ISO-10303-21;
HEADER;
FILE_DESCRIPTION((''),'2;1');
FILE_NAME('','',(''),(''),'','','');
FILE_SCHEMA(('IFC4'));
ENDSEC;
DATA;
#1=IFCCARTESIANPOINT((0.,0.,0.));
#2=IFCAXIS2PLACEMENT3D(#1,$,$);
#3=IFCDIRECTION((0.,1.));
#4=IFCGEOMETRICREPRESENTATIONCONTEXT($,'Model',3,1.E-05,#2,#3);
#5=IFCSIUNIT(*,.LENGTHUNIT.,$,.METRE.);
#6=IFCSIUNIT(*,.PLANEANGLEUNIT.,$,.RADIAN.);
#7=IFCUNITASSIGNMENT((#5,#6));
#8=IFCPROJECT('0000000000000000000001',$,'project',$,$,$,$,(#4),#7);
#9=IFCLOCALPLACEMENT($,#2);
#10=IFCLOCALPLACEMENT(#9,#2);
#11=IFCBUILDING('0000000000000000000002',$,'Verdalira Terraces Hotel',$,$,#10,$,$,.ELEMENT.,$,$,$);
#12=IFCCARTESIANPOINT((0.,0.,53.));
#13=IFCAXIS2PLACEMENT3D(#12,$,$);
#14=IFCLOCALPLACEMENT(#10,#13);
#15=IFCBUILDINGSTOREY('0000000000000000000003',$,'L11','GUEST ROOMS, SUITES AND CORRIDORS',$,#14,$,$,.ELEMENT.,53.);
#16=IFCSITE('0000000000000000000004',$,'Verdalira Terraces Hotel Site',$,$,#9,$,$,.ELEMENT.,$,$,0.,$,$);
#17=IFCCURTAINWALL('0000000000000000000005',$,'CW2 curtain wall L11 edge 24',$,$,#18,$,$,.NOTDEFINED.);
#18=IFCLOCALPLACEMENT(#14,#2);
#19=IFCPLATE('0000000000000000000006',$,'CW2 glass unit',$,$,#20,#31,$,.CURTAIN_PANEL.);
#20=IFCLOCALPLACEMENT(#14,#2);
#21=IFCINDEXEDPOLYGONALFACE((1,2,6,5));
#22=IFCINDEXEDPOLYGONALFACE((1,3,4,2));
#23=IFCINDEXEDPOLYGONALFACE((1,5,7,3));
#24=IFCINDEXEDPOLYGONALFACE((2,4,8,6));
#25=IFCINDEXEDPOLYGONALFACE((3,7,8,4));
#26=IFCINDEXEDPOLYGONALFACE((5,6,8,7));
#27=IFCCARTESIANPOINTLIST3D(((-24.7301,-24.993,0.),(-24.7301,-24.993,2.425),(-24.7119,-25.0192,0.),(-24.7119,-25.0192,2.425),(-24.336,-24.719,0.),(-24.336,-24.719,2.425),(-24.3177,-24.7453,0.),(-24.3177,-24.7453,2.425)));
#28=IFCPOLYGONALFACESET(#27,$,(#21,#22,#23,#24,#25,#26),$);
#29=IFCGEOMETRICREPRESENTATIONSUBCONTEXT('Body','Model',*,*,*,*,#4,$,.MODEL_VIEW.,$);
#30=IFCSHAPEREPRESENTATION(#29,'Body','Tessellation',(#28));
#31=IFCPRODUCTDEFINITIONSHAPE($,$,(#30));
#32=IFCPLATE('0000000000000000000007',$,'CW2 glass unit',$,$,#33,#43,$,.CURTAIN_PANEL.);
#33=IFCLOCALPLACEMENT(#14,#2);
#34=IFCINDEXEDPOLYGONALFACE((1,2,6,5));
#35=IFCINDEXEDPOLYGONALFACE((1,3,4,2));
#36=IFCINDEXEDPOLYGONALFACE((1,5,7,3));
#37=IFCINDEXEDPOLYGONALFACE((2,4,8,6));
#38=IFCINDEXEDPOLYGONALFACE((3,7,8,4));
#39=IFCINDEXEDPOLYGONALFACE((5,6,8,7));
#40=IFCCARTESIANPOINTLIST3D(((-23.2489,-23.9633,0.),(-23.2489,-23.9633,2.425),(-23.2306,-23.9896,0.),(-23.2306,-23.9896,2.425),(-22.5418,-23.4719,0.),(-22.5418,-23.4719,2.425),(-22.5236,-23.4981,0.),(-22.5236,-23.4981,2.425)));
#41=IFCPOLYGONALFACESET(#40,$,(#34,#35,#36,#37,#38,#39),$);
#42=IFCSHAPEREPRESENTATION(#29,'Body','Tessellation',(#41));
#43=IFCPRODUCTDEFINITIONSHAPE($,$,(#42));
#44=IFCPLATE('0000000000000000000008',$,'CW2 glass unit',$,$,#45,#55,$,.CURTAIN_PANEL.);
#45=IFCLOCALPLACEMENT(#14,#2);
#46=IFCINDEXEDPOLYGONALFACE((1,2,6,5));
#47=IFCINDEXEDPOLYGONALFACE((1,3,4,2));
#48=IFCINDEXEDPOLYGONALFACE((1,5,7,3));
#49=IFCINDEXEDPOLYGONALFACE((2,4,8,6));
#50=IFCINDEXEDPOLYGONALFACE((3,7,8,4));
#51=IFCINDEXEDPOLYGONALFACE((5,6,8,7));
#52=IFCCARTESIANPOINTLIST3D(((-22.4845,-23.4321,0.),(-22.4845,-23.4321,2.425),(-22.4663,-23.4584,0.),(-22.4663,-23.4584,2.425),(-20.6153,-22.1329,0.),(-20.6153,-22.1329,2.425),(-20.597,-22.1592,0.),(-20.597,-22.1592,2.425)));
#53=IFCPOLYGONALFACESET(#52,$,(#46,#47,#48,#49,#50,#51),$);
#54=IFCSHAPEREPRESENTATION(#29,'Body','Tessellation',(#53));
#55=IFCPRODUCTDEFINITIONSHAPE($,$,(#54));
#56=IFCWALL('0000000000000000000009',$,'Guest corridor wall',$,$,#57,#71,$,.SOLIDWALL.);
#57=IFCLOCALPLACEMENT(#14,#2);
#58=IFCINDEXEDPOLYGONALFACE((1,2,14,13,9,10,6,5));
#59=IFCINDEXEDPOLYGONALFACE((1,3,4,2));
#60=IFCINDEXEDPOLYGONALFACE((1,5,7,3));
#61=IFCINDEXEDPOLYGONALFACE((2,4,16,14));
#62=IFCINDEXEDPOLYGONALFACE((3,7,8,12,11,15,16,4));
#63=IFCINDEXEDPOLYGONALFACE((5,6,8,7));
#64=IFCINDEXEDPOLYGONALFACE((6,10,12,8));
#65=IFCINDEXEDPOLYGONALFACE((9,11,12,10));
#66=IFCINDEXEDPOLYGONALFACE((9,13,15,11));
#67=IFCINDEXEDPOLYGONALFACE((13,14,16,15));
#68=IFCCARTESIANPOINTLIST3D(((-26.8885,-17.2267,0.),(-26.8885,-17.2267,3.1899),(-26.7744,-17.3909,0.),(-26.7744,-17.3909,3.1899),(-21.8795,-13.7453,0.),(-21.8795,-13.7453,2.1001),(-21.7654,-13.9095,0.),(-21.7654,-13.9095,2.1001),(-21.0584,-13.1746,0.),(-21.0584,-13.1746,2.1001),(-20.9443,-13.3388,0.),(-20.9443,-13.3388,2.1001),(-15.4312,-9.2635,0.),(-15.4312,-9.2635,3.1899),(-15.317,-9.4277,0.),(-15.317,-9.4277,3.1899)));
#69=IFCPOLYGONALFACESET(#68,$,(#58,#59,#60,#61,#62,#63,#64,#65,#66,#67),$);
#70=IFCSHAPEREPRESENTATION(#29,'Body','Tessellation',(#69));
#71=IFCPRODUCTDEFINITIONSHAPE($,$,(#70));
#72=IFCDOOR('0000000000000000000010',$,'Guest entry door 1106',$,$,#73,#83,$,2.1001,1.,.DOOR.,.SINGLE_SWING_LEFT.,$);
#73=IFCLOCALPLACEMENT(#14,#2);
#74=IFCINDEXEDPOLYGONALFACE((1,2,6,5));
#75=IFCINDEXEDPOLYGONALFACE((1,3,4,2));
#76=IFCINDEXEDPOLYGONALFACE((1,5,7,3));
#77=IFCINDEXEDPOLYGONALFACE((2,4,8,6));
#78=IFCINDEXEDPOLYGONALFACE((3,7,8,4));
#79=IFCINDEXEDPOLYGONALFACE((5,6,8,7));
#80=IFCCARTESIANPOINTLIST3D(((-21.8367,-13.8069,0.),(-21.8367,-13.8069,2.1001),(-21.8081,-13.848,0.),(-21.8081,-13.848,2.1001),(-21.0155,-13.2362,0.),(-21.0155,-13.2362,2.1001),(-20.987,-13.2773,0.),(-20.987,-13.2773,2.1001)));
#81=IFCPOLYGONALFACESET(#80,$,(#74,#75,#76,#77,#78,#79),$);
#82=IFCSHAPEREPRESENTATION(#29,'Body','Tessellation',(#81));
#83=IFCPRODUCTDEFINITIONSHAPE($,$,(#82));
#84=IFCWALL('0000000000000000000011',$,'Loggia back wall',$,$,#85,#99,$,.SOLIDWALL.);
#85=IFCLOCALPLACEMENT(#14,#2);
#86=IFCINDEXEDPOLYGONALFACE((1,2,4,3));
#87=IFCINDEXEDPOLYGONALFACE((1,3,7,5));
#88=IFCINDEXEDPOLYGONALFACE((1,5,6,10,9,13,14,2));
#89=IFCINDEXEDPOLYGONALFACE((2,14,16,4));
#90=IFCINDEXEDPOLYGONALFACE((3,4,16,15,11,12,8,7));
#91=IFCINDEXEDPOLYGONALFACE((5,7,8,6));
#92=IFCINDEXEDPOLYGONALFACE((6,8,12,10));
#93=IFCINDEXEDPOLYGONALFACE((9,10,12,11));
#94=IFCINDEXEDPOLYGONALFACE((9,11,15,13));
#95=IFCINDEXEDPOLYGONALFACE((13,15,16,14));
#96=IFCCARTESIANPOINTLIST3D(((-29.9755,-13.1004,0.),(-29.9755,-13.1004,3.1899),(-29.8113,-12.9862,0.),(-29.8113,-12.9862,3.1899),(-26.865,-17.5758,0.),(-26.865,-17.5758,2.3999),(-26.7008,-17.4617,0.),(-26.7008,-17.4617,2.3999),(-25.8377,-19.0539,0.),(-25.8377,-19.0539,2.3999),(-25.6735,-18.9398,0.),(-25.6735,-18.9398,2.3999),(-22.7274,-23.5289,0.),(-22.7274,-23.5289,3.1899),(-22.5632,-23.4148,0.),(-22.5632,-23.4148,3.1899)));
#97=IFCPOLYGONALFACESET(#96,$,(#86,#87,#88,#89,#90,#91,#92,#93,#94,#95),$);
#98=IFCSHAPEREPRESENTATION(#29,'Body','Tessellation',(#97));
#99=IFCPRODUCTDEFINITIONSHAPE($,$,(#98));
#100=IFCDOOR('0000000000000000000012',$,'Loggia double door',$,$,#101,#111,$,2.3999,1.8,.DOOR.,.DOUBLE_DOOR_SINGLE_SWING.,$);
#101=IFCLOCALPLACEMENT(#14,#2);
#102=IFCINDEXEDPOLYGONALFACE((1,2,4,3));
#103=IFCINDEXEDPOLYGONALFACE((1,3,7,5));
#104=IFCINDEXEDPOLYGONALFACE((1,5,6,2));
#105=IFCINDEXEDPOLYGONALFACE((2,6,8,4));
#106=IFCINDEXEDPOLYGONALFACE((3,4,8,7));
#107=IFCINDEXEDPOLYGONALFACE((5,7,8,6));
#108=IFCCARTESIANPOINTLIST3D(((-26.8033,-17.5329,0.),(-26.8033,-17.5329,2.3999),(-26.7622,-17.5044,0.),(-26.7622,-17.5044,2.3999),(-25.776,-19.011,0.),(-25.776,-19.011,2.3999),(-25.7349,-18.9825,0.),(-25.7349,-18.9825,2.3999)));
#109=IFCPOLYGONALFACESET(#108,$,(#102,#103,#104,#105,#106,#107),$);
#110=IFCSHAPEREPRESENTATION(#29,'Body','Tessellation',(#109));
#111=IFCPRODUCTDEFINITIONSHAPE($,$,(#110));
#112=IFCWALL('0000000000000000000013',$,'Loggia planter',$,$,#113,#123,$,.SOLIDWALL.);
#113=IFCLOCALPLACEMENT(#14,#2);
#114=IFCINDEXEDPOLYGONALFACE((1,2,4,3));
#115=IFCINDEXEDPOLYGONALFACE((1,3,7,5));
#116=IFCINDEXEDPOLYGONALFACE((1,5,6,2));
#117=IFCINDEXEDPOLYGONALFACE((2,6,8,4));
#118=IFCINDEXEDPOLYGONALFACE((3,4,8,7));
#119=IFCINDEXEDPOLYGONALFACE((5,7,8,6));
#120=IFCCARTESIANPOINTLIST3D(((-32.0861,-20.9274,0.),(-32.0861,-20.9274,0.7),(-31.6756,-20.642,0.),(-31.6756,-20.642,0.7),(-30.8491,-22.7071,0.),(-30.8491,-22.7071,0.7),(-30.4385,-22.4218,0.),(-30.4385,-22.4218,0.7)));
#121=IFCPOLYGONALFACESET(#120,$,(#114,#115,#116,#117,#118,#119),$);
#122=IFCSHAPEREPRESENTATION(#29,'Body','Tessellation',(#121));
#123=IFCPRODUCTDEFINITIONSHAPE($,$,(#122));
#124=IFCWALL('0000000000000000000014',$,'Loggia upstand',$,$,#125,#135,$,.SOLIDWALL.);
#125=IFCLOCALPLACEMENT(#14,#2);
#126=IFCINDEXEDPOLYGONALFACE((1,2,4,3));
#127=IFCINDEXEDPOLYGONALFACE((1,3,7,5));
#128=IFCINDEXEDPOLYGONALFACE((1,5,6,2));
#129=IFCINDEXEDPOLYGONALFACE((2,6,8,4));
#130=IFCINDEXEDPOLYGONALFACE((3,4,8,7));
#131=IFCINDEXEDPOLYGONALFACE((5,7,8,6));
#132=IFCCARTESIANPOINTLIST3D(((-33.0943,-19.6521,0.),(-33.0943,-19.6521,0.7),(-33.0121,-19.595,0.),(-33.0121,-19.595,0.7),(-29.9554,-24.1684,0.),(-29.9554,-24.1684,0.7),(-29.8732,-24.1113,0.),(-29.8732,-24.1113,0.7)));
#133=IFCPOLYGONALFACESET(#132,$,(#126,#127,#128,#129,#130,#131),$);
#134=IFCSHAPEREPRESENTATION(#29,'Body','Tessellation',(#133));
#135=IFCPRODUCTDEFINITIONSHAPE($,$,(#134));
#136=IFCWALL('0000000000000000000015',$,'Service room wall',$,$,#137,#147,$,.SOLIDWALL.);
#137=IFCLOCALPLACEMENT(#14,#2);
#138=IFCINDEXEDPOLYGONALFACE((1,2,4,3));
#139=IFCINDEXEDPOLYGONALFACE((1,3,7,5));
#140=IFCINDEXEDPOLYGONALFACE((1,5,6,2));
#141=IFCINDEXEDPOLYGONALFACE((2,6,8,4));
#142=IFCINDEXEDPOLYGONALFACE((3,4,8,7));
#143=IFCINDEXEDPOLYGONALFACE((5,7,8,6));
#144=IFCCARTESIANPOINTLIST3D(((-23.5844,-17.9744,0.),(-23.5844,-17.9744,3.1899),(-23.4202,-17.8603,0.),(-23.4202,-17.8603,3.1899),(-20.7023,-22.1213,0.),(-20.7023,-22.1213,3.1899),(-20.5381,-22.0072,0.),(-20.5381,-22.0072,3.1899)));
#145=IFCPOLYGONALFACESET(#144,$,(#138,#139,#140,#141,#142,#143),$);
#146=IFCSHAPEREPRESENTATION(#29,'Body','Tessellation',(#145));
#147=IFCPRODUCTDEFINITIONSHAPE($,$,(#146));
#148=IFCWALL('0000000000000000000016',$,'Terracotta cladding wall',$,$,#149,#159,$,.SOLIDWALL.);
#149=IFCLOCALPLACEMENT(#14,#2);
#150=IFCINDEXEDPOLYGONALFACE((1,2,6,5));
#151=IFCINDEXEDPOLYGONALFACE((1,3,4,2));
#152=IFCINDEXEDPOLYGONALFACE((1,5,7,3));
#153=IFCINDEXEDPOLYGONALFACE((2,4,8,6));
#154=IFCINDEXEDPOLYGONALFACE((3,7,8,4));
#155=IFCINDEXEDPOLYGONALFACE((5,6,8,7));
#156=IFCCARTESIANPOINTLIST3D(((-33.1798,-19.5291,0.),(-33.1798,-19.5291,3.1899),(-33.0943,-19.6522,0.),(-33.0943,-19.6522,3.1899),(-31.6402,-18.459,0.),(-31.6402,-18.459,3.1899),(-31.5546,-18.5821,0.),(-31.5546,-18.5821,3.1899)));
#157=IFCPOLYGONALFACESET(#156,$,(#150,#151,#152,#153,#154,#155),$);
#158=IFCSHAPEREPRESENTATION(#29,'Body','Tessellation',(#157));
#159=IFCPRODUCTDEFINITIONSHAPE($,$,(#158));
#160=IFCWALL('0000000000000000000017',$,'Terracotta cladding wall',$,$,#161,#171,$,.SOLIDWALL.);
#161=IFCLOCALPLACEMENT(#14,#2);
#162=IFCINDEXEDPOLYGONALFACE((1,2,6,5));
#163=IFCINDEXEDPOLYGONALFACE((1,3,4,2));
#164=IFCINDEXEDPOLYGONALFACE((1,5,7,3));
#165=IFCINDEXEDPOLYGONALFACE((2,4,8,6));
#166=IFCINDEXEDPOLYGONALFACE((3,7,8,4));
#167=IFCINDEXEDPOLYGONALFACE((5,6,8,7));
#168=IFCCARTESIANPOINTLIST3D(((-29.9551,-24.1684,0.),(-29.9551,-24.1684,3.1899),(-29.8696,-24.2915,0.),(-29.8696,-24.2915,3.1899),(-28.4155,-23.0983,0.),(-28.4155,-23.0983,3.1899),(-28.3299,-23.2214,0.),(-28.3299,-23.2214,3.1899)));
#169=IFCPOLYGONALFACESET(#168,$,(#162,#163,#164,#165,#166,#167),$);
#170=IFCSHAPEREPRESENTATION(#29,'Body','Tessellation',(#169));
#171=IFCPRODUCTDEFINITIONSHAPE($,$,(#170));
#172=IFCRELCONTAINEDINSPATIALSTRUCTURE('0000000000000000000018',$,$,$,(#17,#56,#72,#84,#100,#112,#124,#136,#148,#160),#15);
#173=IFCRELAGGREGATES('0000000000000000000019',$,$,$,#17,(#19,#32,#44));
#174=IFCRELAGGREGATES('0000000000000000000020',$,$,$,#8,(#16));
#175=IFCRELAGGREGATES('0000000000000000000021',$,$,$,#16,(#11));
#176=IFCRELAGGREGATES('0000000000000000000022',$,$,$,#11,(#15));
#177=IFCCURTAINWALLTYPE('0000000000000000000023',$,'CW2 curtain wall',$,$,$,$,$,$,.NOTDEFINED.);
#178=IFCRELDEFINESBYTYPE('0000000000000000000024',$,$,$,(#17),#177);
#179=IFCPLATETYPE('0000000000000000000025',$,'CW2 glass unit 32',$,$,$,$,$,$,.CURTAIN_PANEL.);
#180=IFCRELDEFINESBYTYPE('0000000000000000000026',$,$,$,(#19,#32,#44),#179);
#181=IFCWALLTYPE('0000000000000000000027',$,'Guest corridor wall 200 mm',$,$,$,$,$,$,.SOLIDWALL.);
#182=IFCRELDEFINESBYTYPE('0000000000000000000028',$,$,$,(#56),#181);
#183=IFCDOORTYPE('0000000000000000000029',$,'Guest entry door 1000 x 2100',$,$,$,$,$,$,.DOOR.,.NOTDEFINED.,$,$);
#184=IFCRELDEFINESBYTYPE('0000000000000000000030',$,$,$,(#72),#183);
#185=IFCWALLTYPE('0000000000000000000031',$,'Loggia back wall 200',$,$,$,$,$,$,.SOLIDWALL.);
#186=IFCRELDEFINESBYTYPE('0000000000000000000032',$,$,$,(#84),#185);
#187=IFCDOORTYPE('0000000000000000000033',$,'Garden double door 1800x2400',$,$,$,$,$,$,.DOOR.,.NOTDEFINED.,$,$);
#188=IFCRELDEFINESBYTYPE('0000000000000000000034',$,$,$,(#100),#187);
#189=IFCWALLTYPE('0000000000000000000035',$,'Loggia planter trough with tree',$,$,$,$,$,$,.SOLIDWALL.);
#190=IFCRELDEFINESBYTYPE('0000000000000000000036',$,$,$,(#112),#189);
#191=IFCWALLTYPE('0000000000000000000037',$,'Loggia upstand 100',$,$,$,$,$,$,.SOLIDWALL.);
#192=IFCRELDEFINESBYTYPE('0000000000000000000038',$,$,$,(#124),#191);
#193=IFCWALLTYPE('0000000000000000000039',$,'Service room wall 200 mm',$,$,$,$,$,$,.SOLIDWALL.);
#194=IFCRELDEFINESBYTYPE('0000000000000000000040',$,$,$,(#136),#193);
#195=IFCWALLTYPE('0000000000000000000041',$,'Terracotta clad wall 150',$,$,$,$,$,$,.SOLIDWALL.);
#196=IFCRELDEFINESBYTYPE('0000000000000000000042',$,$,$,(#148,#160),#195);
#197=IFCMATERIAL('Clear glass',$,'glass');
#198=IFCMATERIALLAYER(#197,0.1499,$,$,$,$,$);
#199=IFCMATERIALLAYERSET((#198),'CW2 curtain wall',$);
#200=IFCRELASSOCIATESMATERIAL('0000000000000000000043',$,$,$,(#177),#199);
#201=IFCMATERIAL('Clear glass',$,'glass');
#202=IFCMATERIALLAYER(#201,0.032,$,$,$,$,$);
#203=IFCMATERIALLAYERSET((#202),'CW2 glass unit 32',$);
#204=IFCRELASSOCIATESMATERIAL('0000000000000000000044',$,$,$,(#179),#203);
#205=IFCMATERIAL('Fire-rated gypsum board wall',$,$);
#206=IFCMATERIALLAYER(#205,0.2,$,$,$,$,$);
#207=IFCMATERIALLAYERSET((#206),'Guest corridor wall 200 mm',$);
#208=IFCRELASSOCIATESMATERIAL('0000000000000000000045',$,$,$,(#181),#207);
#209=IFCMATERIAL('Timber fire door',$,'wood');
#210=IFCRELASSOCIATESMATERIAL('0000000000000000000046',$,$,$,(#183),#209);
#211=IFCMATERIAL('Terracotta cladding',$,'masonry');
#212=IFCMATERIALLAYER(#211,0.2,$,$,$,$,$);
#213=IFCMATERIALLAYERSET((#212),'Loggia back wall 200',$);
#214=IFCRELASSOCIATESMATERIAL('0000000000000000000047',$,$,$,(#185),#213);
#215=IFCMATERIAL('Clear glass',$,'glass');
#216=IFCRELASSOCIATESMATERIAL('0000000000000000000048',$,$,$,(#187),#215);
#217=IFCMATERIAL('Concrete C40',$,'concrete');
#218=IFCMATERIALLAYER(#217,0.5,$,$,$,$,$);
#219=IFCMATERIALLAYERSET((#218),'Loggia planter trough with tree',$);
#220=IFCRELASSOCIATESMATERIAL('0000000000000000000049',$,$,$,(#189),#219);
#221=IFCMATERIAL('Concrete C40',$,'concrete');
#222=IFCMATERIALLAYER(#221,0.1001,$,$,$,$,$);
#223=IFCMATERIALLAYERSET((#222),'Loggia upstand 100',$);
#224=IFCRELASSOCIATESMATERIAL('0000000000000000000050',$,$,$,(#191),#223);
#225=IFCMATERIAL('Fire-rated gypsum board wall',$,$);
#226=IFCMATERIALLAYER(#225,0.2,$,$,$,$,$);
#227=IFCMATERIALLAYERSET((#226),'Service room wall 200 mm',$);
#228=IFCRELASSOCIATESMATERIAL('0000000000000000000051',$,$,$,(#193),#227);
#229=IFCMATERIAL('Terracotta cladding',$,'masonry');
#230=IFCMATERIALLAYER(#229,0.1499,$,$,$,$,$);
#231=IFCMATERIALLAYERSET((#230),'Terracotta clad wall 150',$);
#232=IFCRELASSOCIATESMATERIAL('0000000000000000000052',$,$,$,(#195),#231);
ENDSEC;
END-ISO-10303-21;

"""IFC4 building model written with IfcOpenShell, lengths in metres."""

from ifc_helpers import new_model, si_unit, direction, frame, frame_2d, origin, origin_2d, place, context, subcontext, project, spatial, rectangle, extrude, material, layer, layer_set, type_object, element, fill, aggregate, save


model = new_model("IFC4")

# Units and contexts
model_context = context("Model", 3, precision=1e-05, world=origin(), true_north=direction((0.0, 1.0)))
body_context = subcontext(model_context, "Body", "Model", "MODEL_VIEW")
ifc_project = project(units=[si_unit("LENGTHUNIT", "METRE"), si_unit("PLANEANGLEUNIT", "RADIAN")], contexts=[model_context])

# Site, building, storey
site_placement = place(None, origin())
site = spatial("IfcSite", under=ifc_project, at=site_placement, Name="Verdalira Terraces Hotel Site", CompositionType="ELEMENT", RefElevation=0.0)
building_placement = place(site_placement, origin())
building = spatial("IfcBuilding", under=site, at=building_placement, Name="Verdalira Terraces Hotel", CompositionType="ELEMENT")
storey_placement = place(building_placement, frame((0.0, 0.0, 53.0)))
storey = spatial("IfcBuildingStorey", under=building, at=storey_placement, Name="L11", Description="GUEST ROOMS, SUITES AND CORRIDORS", CompositionType="ELEMENT", Elevation=53.0)

# Curtain wall
ifc_material_1 = material(Name="Clear glass", Category="glass")
ifc_layer_1 = layer(ifc_material_1, 0.1499)
ifc_layer_set_1 = layer_set([ifc_layer_1], Name="CW2 curtain wall")
curtain_wall_type = type_object("IfcCurtainWallType", Name="CW2 curtain wall", PredefinedType="NOTDEFINED", material=ifc_layer_set_1)
curtain_wall_placement = place(storey_placement, origin())
curtain_wall = element("IfcCurtainWall", 1, at=curtain_wall_placement, inside=storey, type_object=curtain_wall_type, Name="CW2 curtain wall L11 edge 24", PredefinedType="NOTDEFINED")

# Plates
ifc_material_2 = material(Name="Clear glass", Category="glass")
ifc_layer_2 = layer(ifc_material_2, 0.032)
ifc_layer_set_2 = layer_set([ifc_layer_2], Name="CW2 glass unit 32")
plate_type = type_object("IfcPlateType", Name="CW2 glass unit 32", PredefinedType="CURTAIN_PANEL", material=ifc_layer_set_2)
plate_1_placement = place(storey_placement, frame((-24.5239, -24.8691, 0.0), z_axis=(0.0, 0.0, 1.0), x_axis=(0.821149, 0.570714, 0.0)))
plate_1 = element("IfcPlate", 2, at=plate_1_placement, type_object=plate_type, Name="CW2 glass unit", PredefinedType="CURTAIN_PANEL", context=body_context, shape_type="SweptSolid", body=[
    extrude(rectangle(XDim=0.48, YDim=0.032, at=origin_2d()), origin(), (0.0, 0.0, 1.0), 2.425),
])
plate_2_placement = place(storey_placement, frame((-22.8862, -23.7307, 0.0), z_axis=(0.0, 0.0, 1.0), x_axis=(0.821149, 0.570714, 0.0)))
plate_2 = element("IfcPlate", 3, at=plate_2_placement, type_object=plate_type, Name="CW2 glass unit", PredefinedType="CURTAIN_PANEL", context=body_context, shape_type="SweptSolid", body=[
    extrude(rectangle(XDim=0.8611, YDim=0.032, at=origin_2d()), origin(), (0.0, 0.0, 1.0), 2.425),
])
plate_3_placement = place(storey_placement, frame((-21.5408, -22.7957, 0.0), z_axis=(0.0, 0.0, 1.0), x_axis=(0.821149, 0.570714, 0.0)))
plate_3 = element("IfcPlate", 4, at=plate_3_placement, type_object=plate_type, Name="CW2 glass unit", PredefinedType="CURTAIN_PANEL", context=body_context, shape_type="SweptSolid", body=[
    extrude(rectangle(XDim=2.2764, YDim=0.032, at=origin_2d()), origin(), (0.0, 0.0, 1.0), 2.425),
])
aggregate(curtain_wall, [plate_1, plate_2, plate_3])

# Walls, openings, doors
ifc_material_3 = material(Name="Fire-rated gypsum board wall")
ifc_layer_3 = layer(ifc_material_3, 0.2)
ifc_layer_set_3 = layer_set([ifc_layer_3], Name="Guest corridor wall 200 mm")
wall_type_1 = type_object("IfcWallType", Name="Guest corridor wall 200 mm", PredefinedType="SOLIDWALL", material=ifc_layer_set_3)
wall_1_placement = place(storey_placement, frame((-26.8315, -17.3088, 0.0), z_axis=(0.0, 0.0, 1.0), x_axis=(0.821145, 0.570719, 0.0)))
wall_1 = element("IfcWall", 5, at=wall_1_placement, inside=storey, type_object=wall_type_1, Name="Guest corridor wall", PredefinedType="SOLIDWALL", context=body_context, shape_type="SweptSolid", body=[
    extrude(rectangle(XDim=13.9529, YDim=0.2, at=frame_2d((6.9766, 0.0))), origin(), (0.0, 0.0, 1.0), 3.1899),
])
opening_1_placement = place(wall_1_placement, frame((6.1001, 0.0, 0.0)))
opening_1 = element("IfcOpeningElement", 6, at=opening_1_placement, cuts=wall_1, PredefinedType="OPENING", context=body_context, shape_type="SweptSolid", body=[
    extrude(rectangle(XDim=1.0, YDim=2.1001, at=frame_2d((0.5, 1.05))), frame((0.0, 0.1099, 0.0), z_axis=(0.0, -1.0, 0.0), x_axis=(1.0, 0.0, 0.0)), (0.0, 0.0, 1.0), 0.22),
])
ifc_material_4 = material(Name="Timber fire door", Category="wood")
door_type_1 = type_object("IfcDoorType", Name="Guest entry door 1000 x 2100", OperationType="NOTDEFINED", PredefinedType="DOOR", material=ifc_material_4)
door_1_placement = place(opening_1_placement, origin())
door_1 = element("IfcDoor", 7, at=door_1_placement, inside=storey, type_object=door_type_1, Name="Guest entry door 1106", OperationType="SINGLE_SWING_LEFT", OverallHeight=2.1001, OverallWidth=1.0, PredefinedType="DOOR", context=body_context, shape_type="SweptSolid", body=[
    extrude(rectangle(XDim=1.0, YDim=2.1001, at=frame_2d((0.5, 1.05))), frame((0.0, 0.0249, 0.0), z_axis=(0.0, -1.0, 0.0), x_axis=(1.0, 0.0, 0.0)), (0.0, 0.0, 1.0), 0.05),
])
fill(opening_1, door_1)
ifc_material_5 = material(Name="Terracotta cladding", Category="masonry")
ifc_layer_4 = layer(ifc_material_5, 0.2)
ifc_layer_set_4 = layer_set([ifc_layer_4], Name="Loggia back wall 200")
wall_type_2 = type_object("IfcWallType", Name="Loggia back wall 200", PredefinedType="SOLIDWALL", material=ifc_layer_set_4)
wall_2_placement = place(storey_placement, frame((-22.6453, -23.4719, 0.0), z_axis=(0.0, 0.0, 1.0), x_axis=(-0.570717, 0.821146, 0.0)))
wall_2 = element("IfcWall", 8, at=wall_2_placement, inside=storey, type_object=wall_type_2, Name="Loggia back wall", PredefinedType="SOLIDWALL", context=body_context, shape_type="SweptSolid", body=[
    extrude(rectangle(XDim=12.7, YDim=0.2, at=frame_2d((6.3501, 0.0))), origin(), (0.0, 0.0, 1.0), 3.1899),
])
opening_2_placement = place(wall_2_placement, frame((5.45, 0.0, 0.0)))
opening_2 = element("IfcOpeningElement", 9, at=opening_2_placement, cuts=wall_2, PredefinedType="OPENING", context=body_context, shape_type="SweptSolid", body=[
    extrude(rectangle(XDim=1.8, YDim=2.3999, at=frame_2d((0.8999, 1.2))), frame((0.0, 0.1099, 0.0), z_axis=(0.0, -1.0, 0.0), x_axis=(1.0, 0.0, 0.0)), (0.0, 0.0, 1.0), 0.22),
])
ifc_material_6 = material(Name="Clear glass", Category="glass")
door_type_2 = type_object("IfcDoorType", Name="Garden double door 1800x2400", OperationType="NOTDEFINED", PredefinedType="DOOR", material=ifc_material_6)
door_2_placement = place(opening_2_placement, origin())
door_2 = element("IfcDoor", 10, at=door_2_placement, inside=storey, type_object=door_type_2, Name="Loggia double door", OperationType="DOUBLE_DOOR_SINGLE_SWING", OverallHeight=2.3999, OverallWidth=1.8, PredefinedType="DOOR", context=body_context, shape_type="SweptSolid", body=[
    extrude(rectangle(XDim=1.8, YDim=2.3999, at=frame_2d((0.8999, 1.2))), frame((0.0, 0.0249, 0.0), z_axis=(0.0, -1.0, 0.0), x_axis=(1.0, 0.0, 0.0)), (0.0, 0.0, 1.0), 0.05),
])
fill(opening_2, door_2)

# Walls
ifc_material_7 = material(Name="Concrete C40", Category="concrete")
ifc_layer_5 = layer(ifc_material_7, 0.5)
ifc_layer_set_5 = layer_set([ifc_layer_5], Name="Loggia planter trough with tree")
wall_type_3 = type_object("IfcWallType", Name="Loggia planter trough with tree", PredefinedType="SOLIDWALL", material=ifc_layer_set_5)
wall_3_placement = place(storey_placement, frame((-31.8809, -20.7847, 0.0), z_axis=(0.0, 0.0, 1.0), x_axis=(0.570738, -0.821132, 0.0)))
element("IfcWall", 11, at=wall_3_placement, inside=storey, type_object=wall_type_3, Name="Loggia planter", PredefinedType="SOLIDWALL", context=body_context, shape_type="SweptSolid", body=[
    extrude(rectangle(XDim=2.1675, YDim=0.5, at=frame_2d((1.0837, 0.0))), origin(), (0.0, 0.0, 1.0), 0.7),
])
ifc_material_8 = material(Name="Concrete C40", Category="concrete")
ifc_layer_6 = layer(ifc_material_8, 0.1001)
ifc_layer_set_6 = layer_set([ifc_layer_6], Name="Loggia upstand 100")
wall_type_4 = type_object("IfcWallType", Name="Loggia upstand 100", PredefinedType="SOLIDWALL", material=ifc_layer_set_6)
wall_4_placement = place(storey_placement, frame((-33.0532, -19.6235, 0.0), z_axis=(0.0, 0.0, 1.0), x_axis=(0.570709, -0.821152, 0.0)))
element("IfcWall", 12, at=wall_4_placement, inside=storey, type_object=wall_type_4, Name="Loggia upstand", PredefinedType="SOLIDWALL", context=body_context, shape_type="SweptSolid", body=[
    extrude(rectangle(XDim=5.5, YDim=0.1001, at=frame_2d((2.75, 0.0))), origin(), (0.0, 0.0, 1.0), 0.7),
])
ifc_material_9 = material(Name="Fire-rated gypsum board wall")
ifc_layer_7 = layer(ifc_material_9, 0.2)
ifc_layer_set_7 = layer_set([ifc_layer_7], Name="Service room wall 200 mm")
wall_type_5 = type_object("IfcWallType", Name="Service room wall 200 mm", PredefinedType="SOLIDWALL", material=ifc_layer_set_7)
wall_5_placement = place(storey_placement, frame((-23.5022, -17.9175, 0.0), z_axis=(0.0, 0.0, 1.0), x_axis=(0.570695, -0.821162, 0.0)))
element("IfcWall", 13, at=wall_5_placement, inside=storey, type_object=wall_type_5, Name="Service room wall", PredefinedType="SOLIDWALL", context=body_context, shape_type="SweptSolid", body=[
    extrude(rectangle(XDim=5.05, YDim=0.2, at=frame_2d((2.5249, 0.0))), origin(), (0.0, 0.0, 1.0), 3.1899),
])
ifc_material_10 = material(Name="Terracotta cladding", Category="masonry")
ifc_layer_8 = layer(ifc_material_10, 0.1499)
ifc_layer_set_8 = layer_set([ifc_layer_8], Name="Terracotta clad wall 150")
wall_type_6 = type_object("IfcWallType", Name="Terracotta clad wall 150", PredefinedType="SOLIDWALL", material=ifc_layer_set_8)
for number, where, z_axis, x_axis, name in (
    (14, (-31.5974, -18.5205, 0.0), (0.0, 0.0, 1.0), (-0.821136, -0.570733, 0.0), "Terracotta cladding wall"),
    (15, (-29.9124, -24.23, 0.0), (0.0, 0.0, 1.0), (0.821136, 0.570733, 0.0), "Terracotta cladding wall"),
):
    element("IfcWall", number, at=place(storey_placement, frame(where, z_axis=z_axis, x_axis=x_axis)), inside=storey, type_object=wall_type_6, Name=name, PredefinedType="SOLIDWALL", context=body_context, shape_type="SweptSolid", body=[
        extrude(rectangle(XDim=1.875, YDim=0.1499, at=frame_2d((0.9375, 0.0))), origin(), (0.0, 0.0, 1.0), 3.1899),
    ])

save(model, "model.ifc")
